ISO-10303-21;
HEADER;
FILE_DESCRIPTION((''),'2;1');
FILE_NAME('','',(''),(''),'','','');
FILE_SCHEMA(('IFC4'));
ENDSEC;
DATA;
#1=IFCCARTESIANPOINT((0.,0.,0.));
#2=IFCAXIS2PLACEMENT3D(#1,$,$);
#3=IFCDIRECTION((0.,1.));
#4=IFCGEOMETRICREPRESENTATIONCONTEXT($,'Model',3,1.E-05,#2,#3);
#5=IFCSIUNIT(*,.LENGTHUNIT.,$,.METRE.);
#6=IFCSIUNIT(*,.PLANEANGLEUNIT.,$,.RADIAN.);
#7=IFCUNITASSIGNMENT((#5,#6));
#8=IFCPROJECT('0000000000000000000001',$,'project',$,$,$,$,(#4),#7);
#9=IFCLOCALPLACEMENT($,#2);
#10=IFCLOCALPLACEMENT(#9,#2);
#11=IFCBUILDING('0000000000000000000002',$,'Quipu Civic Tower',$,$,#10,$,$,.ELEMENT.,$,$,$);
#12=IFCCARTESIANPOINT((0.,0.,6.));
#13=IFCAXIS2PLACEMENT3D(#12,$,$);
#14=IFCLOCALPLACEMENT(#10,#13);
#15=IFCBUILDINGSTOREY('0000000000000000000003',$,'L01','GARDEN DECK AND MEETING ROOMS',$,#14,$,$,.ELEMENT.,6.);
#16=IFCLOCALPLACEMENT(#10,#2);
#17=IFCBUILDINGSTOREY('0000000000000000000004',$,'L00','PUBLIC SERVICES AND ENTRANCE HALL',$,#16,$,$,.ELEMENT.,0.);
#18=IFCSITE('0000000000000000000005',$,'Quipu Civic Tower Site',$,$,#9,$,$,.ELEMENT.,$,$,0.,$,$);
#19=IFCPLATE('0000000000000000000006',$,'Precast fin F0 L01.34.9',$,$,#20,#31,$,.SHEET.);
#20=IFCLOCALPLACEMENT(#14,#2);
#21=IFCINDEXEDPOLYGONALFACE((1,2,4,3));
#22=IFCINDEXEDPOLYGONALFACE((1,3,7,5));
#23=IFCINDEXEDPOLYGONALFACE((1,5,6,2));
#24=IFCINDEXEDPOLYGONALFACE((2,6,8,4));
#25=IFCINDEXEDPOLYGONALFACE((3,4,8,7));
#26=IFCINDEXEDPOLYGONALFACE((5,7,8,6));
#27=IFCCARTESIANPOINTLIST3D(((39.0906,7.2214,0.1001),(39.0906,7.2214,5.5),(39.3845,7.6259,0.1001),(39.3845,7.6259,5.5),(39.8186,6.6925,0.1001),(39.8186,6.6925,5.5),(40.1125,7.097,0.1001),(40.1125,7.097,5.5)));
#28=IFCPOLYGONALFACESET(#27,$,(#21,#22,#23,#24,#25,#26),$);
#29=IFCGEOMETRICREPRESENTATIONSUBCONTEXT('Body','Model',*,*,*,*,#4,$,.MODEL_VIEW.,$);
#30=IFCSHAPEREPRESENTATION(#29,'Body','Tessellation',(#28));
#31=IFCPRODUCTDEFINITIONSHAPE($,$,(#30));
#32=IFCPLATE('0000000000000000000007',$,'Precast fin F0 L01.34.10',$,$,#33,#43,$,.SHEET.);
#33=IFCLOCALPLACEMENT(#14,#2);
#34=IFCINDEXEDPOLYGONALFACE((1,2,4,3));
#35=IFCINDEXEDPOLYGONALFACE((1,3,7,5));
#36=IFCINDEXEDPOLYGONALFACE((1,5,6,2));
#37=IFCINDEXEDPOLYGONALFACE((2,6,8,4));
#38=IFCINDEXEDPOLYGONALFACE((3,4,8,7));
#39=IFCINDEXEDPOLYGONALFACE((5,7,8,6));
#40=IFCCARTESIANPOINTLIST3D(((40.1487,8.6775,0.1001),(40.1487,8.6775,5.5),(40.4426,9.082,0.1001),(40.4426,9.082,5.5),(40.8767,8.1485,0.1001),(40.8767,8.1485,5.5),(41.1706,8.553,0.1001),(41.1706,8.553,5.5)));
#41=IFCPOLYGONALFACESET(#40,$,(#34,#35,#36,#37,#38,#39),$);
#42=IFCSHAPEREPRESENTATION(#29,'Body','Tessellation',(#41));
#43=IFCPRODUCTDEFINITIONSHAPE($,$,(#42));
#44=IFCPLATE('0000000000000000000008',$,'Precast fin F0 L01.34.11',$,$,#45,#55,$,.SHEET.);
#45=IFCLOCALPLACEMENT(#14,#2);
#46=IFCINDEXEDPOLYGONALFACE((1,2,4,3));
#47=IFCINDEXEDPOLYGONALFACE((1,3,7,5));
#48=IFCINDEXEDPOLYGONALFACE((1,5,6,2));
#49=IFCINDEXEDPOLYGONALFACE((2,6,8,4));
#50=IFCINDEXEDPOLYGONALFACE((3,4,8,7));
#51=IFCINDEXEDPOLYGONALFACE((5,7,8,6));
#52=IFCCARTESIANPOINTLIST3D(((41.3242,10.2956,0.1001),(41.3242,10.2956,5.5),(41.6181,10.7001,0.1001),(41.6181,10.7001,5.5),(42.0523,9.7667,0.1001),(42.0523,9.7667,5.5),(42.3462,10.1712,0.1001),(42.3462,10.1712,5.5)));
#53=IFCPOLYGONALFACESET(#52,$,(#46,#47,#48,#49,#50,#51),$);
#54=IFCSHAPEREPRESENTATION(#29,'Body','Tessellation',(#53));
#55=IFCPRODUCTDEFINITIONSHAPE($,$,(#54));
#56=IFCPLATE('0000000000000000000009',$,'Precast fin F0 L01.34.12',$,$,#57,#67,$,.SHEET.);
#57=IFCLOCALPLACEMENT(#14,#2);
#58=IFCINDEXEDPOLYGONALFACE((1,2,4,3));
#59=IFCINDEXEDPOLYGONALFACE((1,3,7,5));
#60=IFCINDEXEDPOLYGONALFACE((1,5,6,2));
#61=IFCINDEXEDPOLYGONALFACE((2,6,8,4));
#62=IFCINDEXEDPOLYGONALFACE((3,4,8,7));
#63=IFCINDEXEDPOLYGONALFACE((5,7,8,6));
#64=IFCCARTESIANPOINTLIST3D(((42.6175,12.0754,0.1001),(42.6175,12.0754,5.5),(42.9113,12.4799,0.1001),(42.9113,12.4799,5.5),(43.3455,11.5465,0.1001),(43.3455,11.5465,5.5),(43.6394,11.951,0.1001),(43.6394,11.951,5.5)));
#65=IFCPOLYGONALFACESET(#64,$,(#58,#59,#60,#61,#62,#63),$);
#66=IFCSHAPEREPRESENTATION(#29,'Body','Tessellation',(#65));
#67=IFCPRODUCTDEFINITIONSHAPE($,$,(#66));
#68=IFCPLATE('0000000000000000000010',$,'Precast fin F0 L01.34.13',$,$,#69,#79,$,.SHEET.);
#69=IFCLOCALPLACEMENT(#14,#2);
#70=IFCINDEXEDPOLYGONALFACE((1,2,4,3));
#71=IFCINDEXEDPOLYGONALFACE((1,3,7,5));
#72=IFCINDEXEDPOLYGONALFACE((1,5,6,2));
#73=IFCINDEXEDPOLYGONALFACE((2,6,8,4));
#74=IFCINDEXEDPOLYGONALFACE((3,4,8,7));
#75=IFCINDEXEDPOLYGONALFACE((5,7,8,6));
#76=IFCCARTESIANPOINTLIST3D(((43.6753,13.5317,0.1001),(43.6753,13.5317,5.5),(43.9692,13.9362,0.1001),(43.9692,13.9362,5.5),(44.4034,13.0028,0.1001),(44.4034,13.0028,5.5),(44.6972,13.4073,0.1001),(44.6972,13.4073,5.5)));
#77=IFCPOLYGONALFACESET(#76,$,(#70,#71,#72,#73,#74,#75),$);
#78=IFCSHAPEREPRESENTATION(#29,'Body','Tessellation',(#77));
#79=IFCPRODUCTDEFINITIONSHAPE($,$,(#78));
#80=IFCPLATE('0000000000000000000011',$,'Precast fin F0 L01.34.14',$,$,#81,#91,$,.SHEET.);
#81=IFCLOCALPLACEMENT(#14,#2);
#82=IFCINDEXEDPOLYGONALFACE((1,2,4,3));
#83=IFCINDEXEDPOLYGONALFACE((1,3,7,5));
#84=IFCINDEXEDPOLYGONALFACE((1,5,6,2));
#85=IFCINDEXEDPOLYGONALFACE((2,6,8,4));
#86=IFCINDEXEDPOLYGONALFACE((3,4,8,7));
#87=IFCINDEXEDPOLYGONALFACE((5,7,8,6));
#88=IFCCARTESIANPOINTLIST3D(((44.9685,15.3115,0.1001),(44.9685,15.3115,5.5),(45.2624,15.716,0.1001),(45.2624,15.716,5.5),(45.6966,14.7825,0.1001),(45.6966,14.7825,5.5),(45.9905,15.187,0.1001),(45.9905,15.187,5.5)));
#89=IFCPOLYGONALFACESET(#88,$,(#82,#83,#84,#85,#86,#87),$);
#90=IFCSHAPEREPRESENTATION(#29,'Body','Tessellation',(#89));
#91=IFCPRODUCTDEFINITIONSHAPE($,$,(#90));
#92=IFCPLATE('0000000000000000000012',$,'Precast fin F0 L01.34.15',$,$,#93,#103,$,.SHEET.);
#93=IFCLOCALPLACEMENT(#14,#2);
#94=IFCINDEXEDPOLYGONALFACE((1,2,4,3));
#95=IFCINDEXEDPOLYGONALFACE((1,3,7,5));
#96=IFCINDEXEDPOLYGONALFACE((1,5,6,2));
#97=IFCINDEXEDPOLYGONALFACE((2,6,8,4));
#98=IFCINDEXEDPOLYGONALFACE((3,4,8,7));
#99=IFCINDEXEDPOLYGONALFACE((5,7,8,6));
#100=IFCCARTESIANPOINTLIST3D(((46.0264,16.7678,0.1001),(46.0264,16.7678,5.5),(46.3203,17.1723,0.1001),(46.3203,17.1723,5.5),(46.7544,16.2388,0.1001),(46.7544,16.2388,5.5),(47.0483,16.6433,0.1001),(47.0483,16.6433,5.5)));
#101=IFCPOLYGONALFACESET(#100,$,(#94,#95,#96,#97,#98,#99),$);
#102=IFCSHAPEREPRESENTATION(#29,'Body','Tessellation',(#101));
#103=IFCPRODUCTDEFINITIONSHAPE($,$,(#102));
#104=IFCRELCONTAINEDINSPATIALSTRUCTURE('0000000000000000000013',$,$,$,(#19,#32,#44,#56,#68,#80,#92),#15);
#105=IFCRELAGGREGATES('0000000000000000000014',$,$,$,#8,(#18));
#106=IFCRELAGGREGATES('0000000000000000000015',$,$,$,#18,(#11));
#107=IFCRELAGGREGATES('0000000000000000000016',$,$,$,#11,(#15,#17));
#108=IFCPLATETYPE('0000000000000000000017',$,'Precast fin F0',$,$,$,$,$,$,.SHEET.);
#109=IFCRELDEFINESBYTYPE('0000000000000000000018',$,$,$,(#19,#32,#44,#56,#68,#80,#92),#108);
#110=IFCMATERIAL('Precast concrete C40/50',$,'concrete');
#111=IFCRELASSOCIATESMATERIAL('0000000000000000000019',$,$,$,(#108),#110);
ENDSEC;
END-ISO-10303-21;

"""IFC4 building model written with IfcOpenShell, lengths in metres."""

from ifc_helpers import new_model, si_unit, direction, frame, origin, origin_2d, place, context, subcontext, project, spatial, rectangle, extrude, material, type_object, element, save


model = new_model("IFC4")

# Units and contexts
model_context = context("Model", 3, precision=1e-05, world=origin(), true_north=direction((0.0, 1.0)))
body_context = subcontext(model_context, "Body", "Model", "MODEL_VIEW")
ifc_project = project(units=[si_unit("LENGTHUNIT", "METRE"), si_unit("PLANEANGLEUNIT", "RADIAN")], contexts=[model_context])

# Site, building, storey
site_placement = place(None, origin())
site = spatial("IfcSite", under=ifc_project, at=site_placement, Name="Quipu Civic Tower Site", CompositionType="ELEMENT", RefElevation=0.0)
building_placement = place(site_placement, origin())
building = spatial("IfcBuilding", under=site, at=building_placement, Name="Quipu Civic Tower", CompositionType="ELEMENT")
storey_1_placement = place(building_placement, frame((0.0, 0.0, 6.0)))
storey_1 = spatial("IfcBuildingStorey", under=building, at=storey_1_placement, Name="L01", Description="GARDEN DECK AND MEETING ROOMS", CompositionType="ELEMENT", Elevation=6.0)

# Shared definitions
storey_2_placement = place(building_placement, origin())
storey_2 = spatial("IfcBuildingStorey", under=building, at=storey_2_placement, Name="L00", Description="PUBLIC SERVICES AND ENTRANCE HALL", CompositionType="ELEMENT", Elevation=0.0)

# Plates
ifc_material_1 = material(Name="Precast concrete C40/50", Category="concrete")
plate_type_1 = type_object("IfcPlateType", Name="Precast fin F0", PredefinedType="SHEET", material=ifc_material_1)
for number, where, z_axis, x_axis, name in (
    (1, (39.6016, 7.1592, 0.1001), (0.0, 0.0, 1.0), (0.587786, 0.809017, 0.0), "Precast fin F0 L01.34.9"),
    (2, (40.6597, 8.6152, 0.1001), (0.0, 0.0, 1.0), (0.587786, 0.809017, 0.0), "Precast fin F0 L01.34.10"),
    (3, (41.8352, 10.2334, 0.1001), (0.0, 0.0, 1.0), (0.587786, 0.809017, 0.0), "Precast fin F0 L01.34.11"),
    (4, (43.1284, 12.0132, 0.1001), (0.0, 0.0, 1.0), (0.587786, 0.809017, 0.0), "Precast fin F0 L01.34.12"),
    (5, (44.1863, 13.4695, 0.1001), (0.0, 0.0, 1.0), (0.587786, 0.809017, 0.0), "Precast fin F0 L01.34.13"),
    (6, (45.4795, 15.2493, 0.1001), (0.0, 0.0, 1.0), (0.587786, 0.809017, 0.0), "Precast fin F0 L01.34.14"),
    (7, (46.5374, 16.7056, 0.1001), (0.0, 0.0, 1.0), (0.587786, 0.809017, 0.0), "Precast fin F0 L01.34.15"),
):
    element("IfcPlate", number, at=place(storey_1_placement, frame(where, z_axis=z_axis, x_axis=x_axis)), inside=storey_1, type_object=plate_type_1, Name=name, PredefinedType="SHEET", context=body_context, shape_type="SweptSolid", body=[
        extrude(rectangle(XDim=0.5, YDim=0.8999, at=origin_2d()), origin(), (0.0, 0.0, 1.0), 5.3999),
    ])

save(model, "model.ifc")
